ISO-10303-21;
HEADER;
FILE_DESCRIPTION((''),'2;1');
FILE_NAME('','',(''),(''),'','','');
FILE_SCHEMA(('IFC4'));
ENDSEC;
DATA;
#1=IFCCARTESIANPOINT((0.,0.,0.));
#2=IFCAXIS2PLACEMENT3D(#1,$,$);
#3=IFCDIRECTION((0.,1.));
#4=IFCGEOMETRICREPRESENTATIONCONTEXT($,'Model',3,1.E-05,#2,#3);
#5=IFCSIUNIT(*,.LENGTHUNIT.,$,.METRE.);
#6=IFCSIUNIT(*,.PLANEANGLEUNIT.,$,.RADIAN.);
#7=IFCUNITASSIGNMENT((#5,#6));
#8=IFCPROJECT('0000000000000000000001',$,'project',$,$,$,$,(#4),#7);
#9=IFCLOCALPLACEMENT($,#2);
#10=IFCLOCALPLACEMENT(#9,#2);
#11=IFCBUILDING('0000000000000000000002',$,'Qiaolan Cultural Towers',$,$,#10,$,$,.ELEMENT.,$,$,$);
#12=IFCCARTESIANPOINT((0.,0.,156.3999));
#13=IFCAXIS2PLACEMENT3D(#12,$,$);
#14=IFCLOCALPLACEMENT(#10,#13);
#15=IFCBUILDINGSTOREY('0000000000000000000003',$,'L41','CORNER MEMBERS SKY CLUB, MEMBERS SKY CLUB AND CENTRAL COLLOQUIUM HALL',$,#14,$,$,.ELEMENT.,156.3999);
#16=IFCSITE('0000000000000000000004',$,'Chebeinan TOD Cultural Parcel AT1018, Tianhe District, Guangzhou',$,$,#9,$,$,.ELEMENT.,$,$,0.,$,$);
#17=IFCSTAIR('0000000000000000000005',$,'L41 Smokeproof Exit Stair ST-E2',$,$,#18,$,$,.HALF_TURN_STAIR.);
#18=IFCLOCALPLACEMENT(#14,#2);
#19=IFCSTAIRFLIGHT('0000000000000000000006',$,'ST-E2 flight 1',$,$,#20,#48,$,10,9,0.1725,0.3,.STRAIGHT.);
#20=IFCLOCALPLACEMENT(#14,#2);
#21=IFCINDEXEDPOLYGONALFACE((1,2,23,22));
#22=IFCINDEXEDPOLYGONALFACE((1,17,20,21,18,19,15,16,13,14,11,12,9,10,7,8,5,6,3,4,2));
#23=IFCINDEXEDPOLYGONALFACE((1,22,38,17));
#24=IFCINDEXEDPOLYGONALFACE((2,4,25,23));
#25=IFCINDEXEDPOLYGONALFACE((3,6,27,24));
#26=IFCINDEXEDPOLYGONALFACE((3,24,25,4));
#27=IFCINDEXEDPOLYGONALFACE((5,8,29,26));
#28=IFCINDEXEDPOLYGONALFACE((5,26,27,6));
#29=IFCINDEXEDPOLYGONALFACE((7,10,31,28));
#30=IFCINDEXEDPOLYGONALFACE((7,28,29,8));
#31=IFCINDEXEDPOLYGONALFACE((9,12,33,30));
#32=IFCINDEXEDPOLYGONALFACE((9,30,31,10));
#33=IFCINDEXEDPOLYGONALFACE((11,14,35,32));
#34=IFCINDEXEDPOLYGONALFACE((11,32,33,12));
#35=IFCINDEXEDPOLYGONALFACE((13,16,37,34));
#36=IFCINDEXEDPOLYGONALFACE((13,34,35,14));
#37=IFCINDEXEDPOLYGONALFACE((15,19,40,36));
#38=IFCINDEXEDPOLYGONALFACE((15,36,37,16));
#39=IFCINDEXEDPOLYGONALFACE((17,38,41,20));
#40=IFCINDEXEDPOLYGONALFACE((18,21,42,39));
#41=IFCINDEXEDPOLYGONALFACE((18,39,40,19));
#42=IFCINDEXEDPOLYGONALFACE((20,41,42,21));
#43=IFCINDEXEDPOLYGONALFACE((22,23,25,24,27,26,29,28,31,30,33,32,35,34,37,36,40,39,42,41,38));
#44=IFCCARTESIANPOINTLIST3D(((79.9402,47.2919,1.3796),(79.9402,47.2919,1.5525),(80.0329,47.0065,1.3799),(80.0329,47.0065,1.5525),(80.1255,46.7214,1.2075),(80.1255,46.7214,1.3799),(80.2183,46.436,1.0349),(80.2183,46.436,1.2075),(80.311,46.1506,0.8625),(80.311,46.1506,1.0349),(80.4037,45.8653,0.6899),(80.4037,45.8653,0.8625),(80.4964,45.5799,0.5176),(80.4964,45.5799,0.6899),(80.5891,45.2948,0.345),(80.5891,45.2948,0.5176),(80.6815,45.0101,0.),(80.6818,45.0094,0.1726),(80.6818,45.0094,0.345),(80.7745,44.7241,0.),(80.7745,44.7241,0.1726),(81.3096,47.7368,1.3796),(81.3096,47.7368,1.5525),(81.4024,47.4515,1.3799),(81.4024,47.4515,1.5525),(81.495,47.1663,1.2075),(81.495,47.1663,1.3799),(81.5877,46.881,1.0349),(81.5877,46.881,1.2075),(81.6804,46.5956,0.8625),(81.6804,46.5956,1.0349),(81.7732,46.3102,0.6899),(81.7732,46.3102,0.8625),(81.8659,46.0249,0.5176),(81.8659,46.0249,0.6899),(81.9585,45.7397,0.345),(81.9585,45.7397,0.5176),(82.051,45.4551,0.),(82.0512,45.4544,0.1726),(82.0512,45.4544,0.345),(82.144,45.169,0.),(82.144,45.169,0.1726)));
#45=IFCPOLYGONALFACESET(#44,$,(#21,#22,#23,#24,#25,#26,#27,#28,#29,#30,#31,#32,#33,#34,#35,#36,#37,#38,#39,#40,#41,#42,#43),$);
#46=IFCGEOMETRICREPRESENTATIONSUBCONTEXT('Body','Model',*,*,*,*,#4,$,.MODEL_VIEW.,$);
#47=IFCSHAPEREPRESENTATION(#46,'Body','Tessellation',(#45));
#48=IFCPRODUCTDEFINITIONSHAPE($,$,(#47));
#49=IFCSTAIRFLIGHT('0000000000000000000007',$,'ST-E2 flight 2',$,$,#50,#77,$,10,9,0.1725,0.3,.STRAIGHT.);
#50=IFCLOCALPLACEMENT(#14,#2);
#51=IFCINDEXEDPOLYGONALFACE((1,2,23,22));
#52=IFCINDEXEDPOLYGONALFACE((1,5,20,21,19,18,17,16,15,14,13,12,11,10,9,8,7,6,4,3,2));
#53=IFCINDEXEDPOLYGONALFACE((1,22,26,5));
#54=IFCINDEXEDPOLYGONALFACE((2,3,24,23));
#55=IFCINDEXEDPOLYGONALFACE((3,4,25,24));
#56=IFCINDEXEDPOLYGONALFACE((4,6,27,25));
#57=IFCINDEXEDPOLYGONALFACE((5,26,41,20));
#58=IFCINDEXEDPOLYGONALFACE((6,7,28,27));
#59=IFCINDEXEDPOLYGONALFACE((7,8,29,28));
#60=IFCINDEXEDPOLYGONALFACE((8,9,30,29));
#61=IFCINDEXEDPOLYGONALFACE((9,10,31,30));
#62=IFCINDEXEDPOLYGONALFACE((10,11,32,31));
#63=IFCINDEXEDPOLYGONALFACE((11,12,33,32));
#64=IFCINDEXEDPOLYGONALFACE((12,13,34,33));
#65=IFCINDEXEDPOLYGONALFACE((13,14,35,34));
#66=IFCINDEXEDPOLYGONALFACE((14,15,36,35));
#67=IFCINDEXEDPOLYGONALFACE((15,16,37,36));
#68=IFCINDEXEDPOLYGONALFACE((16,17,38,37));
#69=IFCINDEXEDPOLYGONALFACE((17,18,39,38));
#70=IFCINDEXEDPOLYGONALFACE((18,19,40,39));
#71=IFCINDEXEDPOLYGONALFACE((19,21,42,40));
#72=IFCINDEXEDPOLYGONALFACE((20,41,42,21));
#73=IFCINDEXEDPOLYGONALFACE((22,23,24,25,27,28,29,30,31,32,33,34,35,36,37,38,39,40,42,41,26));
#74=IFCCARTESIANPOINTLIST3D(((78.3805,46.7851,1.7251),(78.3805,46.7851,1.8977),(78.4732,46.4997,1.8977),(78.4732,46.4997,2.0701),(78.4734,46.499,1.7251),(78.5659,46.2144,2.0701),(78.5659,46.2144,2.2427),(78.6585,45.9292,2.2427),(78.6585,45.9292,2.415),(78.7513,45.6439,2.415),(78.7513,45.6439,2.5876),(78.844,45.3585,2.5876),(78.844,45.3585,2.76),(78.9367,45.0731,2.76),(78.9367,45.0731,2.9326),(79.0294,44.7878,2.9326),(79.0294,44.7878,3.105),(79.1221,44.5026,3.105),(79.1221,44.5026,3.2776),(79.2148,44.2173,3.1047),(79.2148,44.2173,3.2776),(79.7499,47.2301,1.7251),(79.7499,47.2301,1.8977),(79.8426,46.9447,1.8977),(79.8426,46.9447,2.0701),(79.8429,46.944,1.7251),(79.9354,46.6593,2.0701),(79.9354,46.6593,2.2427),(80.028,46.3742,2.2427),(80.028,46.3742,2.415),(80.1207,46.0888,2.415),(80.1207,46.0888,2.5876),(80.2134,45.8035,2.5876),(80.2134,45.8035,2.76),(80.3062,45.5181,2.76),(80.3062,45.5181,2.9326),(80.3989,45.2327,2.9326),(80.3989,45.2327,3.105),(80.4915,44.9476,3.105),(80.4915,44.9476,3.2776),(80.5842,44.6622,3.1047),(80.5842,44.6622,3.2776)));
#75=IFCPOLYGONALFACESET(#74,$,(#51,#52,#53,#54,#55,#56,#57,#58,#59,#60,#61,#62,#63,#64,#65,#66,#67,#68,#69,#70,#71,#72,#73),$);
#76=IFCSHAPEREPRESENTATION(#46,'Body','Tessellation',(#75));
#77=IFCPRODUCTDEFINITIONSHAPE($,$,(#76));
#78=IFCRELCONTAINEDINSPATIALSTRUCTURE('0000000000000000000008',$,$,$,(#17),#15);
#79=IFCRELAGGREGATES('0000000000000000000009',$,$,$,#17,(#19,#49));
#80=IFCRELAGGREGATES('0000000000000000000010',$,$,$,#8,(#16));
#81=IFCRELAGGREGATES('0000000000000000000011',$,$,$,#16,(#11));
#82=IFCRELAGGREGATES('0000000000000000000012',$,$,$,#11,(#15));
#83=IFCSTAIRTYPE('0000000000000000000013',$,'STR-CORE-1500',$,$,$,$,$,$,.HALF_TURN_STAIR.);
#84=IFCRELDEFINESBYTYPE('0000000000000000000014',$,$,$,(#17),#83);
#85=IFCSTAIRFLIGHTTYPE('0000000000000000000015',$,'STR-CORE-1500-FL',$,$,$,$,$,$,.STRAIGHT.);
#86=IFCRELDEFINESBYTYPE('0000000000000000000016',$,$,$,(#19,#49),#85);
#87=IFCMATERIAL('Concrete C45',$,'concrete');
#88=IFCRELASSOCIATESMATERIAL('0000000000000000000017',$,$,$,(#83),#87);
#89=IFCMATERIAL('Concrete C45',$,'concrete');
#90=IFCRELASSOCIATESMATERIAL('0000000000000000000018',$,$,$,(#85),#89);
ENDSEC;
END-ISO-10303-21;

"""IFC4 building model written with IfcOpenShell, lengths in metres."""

from ifc_helpers import new_model, si_unit, direction, frame, origin, place, context, subcontext, project, spatial, polyline, outline, extrude, material, type_object, element, aggregate, save


model = new_model("IFC4")

# Units and contexts
model_context = context("Model", 3, precision=1e-05, world=origin(), true_north=direction((0.0, 1.0)))
body_context = subcontext(model_context, "Body", "Model", "MODEL_VIEW")
ifc_project = project(units=[si_unit("LENGTHUNIT", "METRE"), si_unit("PLANEANGLEUNIT", "RADIAN")], contexts=[model_context])

# Site, building, storey
site_placement = place(None, origin())
site = spatial("IfcSite", under=ifc_project, at=site_placement, Name="Chebeinan TOD Cultural Parcel AT1018, Tianhe District, Guangzhou", CompositionType="ELEMENT", RefElevation=0.0)
building_placement = place(site_placement, origin())
building = spatial("IfcBuilding", under=site, at=building_placement, Name="Qiaolan Cultural Towers", CompositionType="ELEMENT")
storey_placement = place(building_placement, frame((0.0, 0.0, 156.3999)))
storey = spatial("IfcBuildingStorey", under=building, at=storey_placement, Name="L41", Description="CORNER MEMBERS SKY CLUB, MEMBERS SKY CLUB AND CENTRAL COLLOQUIUM HALL", CompositionType="ELEMENT", Elevation=156.3999)

# Stair, stair flights
ifc_material_1 = material(Name="Concrete C45", Category="concrete")
stair_type = type_object("IfcStairType", Name="STR-CORE-1500", PredefinedType="HALF_TURN_STAIR", material=ifc_material_1)
stair_placement = place(storey_placement, origin())
stair = element("IfcStair", 1, at=stair_placement, inside=storey, type_object=stair_type, Name="L41 Smokeproof Exit Stair ST-E2", PredefinedType="HALF_TURN_STAIR")
ifc_material_2 = material(Name="Concrete C45", Category="concrete")
stair_flight_type = type_object("IfcStairFlightType", Name="STR-CORE-1500-FL", PredefinedType="STRAIGHT", material=ifc_material_2)
stair_flight_1_placement = place(storey_placement, frame((81.4592, 44.9465, 0.0), z_axis=(0.0, 0.0, 1.0), x_axis=(-0.309017, 0.951057, 0.0)))
stair_flight_1 = element("IfcStairFlight", 2, at=stair_flight_1_placement, type_object=stair_flight_type, Name="ST-E2 flight 1", NumberOfRisers=10, NumberOfTreads=9, PredefinedType="STRAIGHT", RiserHeight=0.1725, TreadLength=0.3, context=body_context, shape_type="SweptSolid", body=[
    extrude(outline(polyline([(0.0, 0.0), (0.0, 0.1726), (0.3, 0.1726), (0.3, 0.345), (0.6001, 0.345), (0.6001, 0.5176), (0.8999, 0.5176), (0.8999, 0.6899), (1.2, 0.6899), (1.2, 0.8625), (1.5, 0.8625), (1.5, 1.0349), (1.8, 1.0349), (1.8, 1.2075), (2.1001, 1.2075), (2.1001, 1.3799), (2.3999, 1.3799), (2.3999, 1.5525), (2.7, 1.5525), (2.7, 1.7251), (2.7, 1.3796), (0.3008, 0.0), (0.0, 0.0)])), frame((0.0, 0.72, 0.0), z_axis=(0.0, -1.0, 0.0), x_axis=(1.0, 0.0, 0.0)), (0.0, 0.0, 1.0), 1.4399),
])
stair_flight_2_placement = place(storey_placement, frame((79.0652, 47.0076, 1.7251), z_axis=(0.0, 0.0, 1.0), x_axis=(0.309017, -0.951057, 0.0)))
stair_flight_2 = element("IfcStairFlight", 3, at=stair_flight_2_placement, type_object=stair_flight_type, Name="ST-E2 flight 2", NumberOfRisers=10, NumberOfTreads=9, PredefinedType="STRAIGHT", RiserHeight=0.1725, TreadLength=0.3, context=body_context, shape_type="SweptSolid", body=[
    extrude(outline(polyline([(0.0, 0.0), (0.0, 0.1726), (0.3, 0.1726), (0.3, 0.345), (0.6001, 0.345), (0.6001, 0.5176), (0.8999, 0.5176), (0.8999, 0.6899), (1.2, 0.6899), (1.2, 0.8625), (1.5, 0.8625), (1.5, 1.0349), (1.8, 1.0349), (1.8, 1.2075), (2.1001, 1.2075), (2.1001, 1.3799), (2.3999, 1.3799), (2.3999, 1.5525), (2.7, 1.5525), (2.7, 1.7251), (2.7, 1.3796), (0.3008, 0.0), (0.0, 0.0)])), frame((0.0, 0.72, 0.0), z_axis=(0.0, -1.0, 0.0), x_axis=(1.0, 0.0, 0.0)), (0.0, 0.0, 1.0), 1.4399),
])
aggregate(stair, [stair_flight_1, stair_flight_2])

save(model, "model.ifc")
